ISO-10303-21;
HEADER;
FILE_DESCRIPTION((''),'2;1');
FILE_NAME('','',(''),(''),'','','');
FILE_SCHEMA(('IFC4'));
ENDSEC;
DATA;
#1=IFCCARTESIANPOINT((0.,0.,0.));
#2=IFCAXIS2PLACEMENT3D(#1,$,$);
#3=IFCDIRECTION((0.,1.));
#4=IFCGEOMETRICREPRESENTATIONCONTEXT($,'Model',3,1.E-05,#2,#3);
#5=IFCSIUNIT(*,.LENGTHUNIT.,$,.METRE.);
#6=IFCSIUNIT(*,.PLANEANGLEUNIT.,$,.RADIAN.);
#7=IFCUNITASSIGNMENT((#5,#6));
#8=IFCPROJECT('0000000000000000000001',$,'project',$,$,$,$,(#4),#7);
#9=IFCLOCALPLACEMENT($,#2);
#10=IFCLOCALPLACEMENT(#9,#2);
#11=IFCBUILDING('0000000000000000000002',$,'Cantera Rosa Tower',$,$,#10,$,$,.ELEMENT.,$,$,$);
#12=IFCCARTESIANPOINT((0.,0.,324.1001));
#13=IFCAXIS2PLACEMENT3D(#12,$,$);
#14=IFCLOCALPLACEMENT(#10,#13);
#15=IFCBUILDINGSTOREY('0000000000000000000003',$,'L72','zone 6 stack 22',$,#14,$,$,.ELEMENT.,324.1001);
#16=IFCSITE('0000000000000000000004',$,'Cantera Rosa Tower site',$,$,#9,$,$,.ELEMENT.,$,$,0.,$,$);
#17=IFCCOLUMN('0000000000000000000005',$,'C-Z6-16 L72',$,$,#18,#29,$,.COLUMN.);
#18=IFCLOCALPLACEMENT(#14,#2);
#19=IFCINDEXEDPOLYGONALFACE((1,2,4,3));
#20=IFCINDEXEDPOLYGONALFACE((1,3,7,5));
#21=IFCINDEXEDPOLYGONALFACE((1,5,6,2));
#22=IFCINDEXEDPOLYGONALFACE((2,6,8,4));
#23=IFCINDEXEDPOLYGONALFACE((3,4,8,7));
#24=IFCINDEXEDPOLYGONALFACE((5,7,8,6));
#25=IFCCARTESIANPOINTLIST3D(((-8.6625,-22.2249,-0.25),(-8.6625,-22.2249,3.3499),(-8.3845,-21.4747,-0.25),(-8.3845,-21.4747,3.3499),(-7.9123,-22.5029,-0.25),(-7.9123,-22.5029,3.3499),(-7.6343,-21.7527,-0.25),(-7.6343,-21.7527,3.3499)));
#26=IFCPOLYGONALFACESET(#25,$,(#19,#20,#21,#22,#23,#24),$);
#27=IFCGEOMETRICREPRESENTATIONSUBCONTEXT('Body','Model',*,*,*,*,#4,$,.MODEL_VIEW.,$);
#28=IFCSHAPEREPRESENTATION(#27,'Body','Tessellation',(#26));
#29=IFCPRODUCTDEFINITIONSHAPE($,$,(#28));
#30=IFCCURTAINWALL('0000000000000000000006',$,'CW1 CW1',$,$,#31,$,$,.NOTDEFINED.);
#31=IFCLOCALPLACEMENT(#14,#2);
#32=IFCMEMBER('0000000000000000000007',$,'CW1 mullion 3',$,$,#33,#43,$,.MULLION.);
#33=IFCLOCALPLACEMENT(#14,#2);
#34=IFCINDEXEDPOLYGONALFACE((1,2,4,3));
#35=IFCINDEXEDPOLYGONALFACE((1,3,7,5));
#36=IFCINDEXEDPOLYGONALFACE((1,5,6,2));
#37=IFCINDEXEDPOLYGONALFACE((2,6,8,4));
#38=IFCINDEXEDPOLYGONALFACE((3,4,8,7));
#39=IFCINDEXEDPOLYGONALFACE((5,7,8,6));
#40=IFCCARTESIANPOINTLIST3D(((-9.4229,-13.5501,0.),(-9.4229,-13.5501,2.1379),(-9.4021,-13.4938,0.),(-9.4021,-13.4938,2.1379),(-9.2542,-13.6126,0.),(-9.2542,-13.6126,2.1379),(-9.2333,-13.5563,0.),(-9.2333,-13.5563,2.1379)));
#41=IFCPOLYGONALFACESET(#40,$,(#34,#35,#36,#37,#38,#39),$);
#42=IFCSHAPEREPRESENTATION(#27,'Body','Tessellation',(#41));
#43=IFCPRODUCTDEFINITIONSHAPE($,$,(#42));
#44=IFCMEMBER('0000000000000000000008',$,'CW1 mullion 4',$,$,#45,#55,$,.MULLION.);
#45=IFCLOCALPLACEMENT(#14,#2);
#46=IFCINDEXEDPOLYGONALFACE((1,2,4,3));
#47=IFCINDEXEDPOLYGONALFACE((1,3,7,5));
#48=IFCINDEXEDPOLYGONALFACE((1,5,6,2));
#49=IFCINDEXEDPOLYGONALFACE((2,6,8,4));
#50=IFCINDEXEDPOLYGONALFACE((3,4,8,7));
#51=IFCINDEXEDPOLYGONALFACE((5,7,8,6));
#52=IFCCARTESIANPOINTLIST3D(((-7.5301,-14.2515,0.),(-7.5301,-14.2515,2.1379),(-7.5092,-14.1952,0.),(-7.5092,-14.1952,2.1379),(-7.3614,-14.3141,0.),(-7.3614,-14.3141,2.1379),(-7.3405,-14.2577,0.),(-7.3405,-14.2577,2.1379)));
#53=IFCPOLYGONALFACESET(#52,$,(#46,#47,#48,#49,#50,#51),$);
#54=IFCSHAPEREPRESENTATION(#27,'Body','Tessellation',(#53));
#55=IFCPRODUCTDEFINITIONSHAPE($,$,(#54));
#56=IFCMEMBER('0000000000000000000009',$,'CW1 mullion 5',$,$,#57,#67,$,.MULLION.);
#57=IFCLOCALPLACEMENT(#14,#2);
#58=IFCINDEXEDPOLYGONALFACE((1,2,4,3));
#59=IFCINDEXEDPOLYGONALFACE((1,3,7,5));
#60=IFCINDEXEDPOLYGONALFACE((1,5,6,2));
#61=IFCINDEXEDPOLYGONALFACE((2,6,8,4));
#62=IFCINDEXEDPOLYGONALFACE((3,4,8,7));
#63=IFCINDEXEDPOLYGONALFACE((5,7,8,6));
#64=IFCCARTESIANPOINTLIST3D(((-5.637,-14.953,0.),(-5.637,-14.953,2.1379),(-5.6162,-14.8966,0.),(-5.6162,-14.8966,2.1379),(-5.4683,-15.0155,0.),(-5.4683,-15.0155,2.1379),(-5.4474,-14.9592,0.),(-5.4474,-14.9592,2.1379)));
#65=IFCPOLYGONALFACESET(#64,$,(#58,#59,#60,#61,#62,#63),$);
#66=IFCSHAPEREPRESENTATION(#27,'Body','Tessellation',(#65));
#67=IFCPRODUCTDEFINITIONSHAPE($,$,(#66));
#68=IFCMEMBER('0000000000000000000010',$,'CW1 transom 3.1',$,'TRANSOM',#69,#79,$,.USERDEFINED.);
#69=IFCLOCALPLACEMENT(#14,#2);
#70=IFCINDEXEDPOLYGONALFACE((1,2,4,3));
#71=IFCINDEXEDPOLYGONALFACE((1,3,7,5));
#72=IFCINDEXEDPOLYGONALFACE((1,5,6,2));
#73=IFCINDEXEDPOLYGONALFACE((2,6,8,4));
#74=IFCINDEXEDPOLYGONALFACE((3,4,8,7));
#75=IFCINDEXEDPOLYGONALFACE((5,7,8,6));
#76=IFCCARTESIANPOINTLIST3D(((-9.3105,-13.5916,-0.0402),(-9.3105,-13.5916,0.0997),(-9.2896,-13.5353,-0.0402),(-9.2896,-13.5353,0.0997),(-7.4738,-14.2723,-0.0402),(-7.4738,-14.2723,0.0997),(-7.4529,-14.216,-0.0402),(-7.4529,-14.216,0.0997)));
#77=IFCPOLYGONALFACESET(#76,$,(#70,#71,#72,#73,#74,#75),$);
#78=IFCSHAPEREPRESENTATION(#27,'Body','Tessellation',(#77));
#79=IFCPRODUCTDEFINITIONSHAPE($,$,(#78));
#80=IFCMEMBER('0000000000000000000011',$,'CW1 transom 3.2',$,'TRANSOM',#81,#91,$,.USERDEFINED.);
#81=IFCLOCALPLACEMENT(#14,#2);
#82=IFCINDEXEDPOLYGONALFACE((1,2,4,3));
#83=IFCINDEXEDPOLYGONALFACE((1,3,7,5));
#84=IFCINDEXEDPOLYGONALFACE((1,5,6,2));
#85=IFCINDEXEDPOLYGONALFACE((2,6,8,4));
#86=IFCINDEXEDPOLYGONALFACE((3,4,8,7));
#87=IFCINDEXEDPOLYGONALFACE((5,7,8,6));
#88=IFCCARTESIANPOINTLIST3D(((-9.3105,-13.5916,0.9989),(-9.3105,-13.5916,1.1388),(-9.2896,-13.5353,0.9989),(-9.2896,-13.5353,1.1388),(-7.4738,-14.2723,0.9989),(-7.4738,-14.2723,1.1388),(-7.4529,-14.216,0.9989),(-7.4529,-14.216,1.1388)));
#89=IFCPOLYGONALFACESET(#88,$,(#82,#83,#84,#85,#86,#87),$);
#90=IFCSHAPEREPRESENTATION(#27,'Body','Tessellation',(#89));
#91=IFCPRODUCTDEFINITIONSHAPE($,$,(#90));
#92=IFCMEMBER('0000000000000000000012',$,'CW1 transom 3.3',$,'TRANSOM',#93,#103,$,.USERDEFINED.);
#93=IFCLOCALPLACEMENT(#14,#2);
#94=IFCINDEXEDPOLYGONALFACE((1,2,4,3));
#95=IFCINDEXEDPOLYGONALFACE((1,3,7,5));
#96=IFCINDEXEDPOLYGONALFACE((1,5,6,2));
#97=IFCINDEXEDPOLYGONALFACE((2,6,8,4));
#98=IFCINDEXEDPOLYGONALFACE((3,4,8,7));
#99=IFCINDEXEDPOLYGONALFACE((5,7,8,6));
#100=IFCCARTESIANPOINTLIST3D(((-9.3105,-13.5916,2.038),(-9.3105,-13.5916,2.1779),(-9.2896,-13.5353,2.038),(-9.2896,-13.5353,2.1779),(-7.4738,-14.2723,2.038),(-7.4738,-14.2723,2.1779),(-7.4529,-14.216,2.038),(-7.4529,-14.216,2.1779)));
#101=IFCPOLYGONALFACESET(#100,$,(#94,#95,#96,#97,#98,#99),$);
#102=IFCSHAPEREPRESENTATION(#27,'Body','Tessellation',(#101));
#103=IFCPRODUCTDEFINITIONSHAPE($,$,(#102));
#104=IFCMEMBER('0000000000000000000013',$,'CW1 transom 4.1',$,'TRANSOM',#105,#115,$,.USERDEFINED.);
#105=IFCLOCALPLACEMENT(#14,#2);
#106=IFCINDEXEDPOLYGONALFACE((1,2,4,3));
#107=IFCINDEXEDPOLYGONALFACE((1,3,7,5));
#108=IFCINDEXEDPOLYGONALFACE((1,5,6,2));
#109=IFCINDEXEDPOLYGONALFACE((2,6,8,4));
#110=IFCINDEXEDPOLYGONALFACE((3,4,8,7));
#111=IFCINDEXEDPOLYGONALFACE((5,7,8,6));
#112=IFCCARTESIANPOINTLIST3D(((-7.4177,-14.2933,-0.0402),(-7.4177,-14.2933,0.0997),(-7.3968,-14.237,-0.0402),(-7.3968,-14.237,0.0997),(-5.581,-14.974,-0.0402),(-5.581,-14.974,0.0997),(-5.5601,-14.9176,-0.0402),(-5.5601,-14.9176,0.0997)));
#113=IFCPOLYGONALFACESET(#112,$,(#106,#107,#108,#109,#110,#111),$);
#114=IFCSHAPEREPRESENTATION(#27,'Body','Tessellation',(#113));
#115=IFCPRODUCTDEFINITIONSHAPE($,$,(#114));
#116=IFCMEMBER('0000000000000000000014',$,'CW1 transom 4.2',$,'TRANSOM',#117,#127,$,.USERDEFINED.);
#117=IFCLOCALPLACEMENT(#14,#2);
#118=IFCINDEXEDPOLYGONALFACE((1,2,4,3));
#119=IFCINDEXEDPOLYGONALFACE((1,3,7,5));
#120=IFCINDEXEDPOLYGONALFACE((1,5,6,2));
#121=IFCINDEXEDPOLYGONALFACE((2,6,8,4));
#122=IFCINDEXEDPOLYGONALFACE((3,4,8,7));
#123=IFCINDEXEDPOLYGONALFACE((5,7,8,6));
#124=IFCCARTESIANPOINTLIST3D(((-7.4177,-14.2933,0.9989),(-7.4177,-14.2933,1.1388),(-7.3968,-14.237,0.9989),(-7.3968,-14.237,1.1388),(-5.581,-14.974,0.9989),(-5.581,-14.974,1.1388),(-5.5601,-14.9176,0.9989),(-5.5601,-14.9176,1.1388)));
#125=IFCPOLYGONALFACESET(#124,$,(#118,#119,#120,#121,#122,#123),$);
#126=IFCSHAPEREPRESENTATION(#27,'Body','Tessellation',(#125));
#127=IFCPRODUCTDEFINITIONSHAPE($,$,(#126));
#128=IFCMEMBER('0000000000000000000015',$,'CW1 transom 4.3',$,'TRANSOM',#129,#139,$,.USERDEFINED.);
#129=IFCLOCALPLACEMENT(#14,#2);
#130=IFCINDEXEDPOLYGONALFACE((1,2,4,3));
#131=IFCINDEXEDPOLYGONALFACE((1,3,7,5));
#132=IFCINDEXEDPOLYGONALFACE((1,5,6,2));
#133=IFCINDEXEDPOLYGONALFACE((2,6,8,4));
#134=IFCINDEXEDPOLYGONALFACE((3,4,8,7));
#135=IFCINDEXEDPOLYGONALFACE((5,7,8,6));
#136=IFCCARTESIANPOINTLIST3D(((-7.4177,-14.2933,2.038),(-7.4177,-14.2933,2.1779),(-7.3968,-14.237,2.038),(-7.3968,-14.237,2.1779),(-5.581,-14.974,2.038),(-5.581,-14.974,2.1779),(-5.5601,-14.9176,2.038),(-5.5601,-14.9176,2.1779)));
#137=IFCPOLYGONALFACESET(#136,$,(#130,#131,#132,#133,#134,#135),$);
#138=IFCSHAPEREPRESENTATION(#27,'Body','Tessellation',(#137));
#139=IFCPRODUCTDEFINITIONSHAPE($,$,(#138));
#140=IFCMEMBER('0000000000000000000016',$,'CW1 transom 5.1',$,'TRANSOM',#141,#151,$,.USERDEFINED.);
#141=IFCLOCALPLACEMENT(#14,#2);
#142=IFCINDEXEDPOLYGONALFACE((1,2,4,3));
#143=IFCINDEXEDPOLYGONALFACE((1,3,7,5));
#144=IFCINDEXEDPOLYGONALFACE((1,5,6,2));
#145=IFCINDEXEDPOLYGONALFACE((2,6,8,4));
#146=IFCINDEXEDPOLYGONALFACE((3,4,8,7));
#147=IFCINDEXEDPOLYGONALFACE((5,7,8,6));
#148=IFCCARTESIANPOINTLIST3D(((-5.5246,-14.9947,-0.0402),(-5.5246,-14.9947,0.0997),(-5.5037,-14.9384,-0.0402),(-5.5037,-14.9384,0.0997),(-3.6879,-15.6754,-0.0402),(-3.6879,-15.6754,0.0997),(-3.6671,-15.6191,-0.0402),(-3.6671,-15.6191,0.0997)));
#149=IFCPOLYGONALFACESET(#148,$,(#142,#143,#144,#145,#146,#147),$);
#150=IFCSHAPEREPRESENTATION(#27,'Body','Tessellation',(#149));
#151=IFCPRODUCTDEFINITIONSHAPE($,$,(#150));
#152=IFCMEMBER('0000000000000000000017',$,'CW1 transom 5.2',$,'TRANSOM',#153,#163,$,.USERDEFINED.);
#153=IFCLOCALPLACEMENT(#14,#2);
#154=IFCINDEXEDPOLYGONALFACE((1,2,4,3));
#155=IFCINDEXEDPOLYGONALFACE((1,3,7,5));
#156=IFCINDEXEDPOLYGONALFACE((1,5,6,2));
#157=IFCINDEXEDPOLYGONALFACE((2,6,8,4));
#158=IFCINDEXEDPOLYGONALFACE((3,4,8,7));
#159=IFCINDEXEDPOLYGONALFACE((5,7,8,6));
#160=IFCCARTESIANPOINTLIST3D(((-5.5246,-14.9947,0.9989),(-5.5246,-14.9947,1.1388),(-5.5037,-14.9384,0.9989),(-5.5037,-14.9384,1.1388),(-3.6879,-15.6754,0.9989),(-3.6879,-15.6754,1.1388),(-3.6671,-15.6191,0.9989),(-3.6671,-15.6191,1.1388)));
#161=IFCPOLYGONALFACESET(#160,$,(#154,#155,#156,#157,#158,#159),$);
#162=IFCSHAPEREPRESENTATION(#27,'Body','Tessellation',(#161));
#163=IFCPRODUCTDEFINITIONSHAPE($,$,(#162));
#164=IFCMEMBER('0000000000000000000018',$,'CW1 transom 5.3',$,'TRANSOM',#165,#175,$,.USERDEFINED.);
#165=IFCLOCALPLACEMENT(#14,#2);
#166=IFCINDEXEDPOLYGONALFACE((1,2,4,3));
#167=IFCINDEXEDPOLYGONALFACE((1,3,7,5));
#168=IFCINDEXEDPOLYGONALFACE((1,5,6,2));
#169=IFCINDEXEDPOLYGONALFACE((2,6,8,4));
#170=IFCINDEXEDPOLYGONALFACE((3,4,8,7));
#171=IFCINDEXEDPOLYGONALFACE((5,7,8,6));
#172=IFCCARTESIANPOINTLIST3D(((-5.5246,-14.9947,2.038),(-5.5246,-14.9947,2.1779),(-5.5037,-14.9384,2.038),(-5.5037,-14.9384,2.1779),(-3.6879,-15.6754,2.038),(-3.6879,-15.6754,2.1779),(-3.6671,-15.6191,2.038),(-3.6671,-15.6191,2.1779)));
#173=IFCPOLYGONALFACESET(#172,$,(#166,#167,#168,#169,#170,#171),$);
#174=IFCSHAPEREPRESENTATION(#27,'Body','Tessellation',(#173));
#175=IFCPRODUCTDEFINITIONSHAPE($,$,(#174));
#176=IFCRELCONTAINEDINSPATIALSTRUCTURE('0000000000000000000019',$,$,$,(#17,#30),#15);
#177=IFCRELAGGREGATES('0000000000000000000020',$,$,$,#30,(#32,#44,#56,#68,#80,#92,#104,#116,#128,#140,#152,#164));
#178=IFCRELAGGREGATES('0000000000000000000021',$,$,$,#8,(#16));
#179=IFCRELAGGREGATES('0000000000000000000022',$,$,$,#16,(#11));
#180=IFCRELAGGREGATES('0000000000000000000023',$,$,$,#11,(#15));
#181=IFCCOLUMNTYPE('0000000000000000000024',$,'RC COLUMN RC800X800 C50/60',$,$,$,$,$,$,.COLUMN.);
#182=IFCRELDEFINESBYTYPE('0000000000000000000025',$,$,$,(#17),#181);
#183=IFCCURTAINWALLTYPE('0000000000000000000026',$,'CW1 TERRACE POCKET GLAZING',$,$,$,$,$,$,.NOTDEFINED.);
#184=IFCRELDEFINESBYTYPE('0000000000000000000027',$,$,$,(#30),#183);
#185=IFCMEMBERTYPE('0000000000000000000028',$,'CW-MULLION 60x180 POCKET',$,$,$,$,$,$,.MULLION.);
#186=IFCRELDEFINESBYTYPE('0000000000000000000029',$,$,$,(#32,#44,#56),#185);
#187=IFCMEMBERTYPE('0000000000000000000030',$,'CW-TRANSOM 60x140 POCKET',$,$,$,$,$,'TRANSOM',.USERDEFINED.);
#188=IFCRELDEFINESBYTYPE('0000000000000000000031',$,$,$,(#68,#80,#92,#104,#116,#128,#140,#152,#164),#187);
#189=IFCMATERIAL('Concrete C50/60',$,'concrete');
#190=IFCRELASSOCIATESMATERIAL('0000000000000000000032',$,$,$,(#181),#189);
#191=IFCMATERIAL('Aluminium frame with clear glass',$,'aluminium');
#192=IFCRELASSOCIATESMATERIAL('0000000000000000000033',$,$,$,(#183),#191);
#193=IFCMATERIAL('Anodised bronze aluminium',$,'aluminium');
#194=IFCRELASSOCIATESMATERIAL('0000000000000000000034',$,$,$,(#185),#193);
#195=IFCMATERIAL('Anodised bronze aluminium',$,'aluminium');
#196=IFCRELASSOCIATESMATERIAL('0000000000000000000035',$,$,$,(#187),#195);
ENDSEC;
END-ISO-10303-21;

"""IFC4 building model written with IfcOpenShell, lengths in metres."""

from ifc_helpers import new_model, si_unit, direction, frame, origin, origin_2d, place, context, subcontext, project, spatial, rectangle, extrude, material, material_profile, profile_set, type_object, element, aggregate, save


model = new_model("IFC4")

# Units and contexts
model_context = context("Model", 3, precision=1e-05, world=origin(), true_north=direction((0.0, 1.0)))
body_context = subcontext(model_context, "Body", "Model", "MODEL_VIEW")
ifc_project = project(units=[si_unit("LENGTHUNIT", "METRE"), si_unit("PLANEANGLEUNIT", "RADIAN")], contexts=[model_context])

# Site, building, storey
site_placement = place(None, origin())
site = spatial("IfcSite", under=ifc_project, at=site_placement, Name="Cantera Rosa Tower site", CompositionType="ELEMENT", RefElevation=0.0)
building_placement = place(site_placement, origin())
building = spatial("IfcBuilding", under=site, at=building_placement, Name="Cantera Rosa Tower", CompositionType="ELEMENT")
storey_placement = place(building_placement, frame((0.0, 0.0, 324.1001)))
storey = spatial("IfcBuildingStorey", under=building, at=storey_placement, Name="L72", Description="zone 6 stack 22", CompositionType="ELEMENT", Elevation=324.1001)

# Column
ifc_material_1 = material(Name="Concrete C50/60", Category="concrete")
ifc_material_profile_1 = material_profile(ifc_material_1, rectangle(XDim=0.8, YDim=0.8, at=origin_2d()), Name="RC COLUMN RC800X800 C50/60")
ifc_profile_set_1 = profile_set([ifc_material_profile_1], Name="Concrete C50/60")
column_type = type_object("IfcColumnType", Name="RC COLUMN RC800X800 C50/60", PredefinedType="COLUMN", material=ifc_profile_set_1)
column_placement = place(storey_placement, frame((-8.1484, -21.9888, -0.25), z_axis=(0.0, 0.0, 1.0), x_axis=(0.347481, 0.937687, 0.0)))
element("IfcColumn", 1, at=column_placement, inside=storey, type_object=column_type, Name="C-Z6-16 L72", PredefinedType="COLUMN", context=body_context, shape_type="SweptSolid", body=[
    extrude(rectangle(XDim=0.8, YDim=0.8, at=origin_2d()), origin(), (0.0, 0.0, 1.0), 3.5999),
])

# Curtain wall, members
ifc_material_2 = material(Name="Aluminium frame with clear glass", Category="aluminium")
curtain_wall_type = type_object("IfcCurtainWallType", Name="CW1 TERRACE POCKET GLAZING", PredefinedType="NOTDEFINED", material=ifc_material_2)
curtain_wall_placement = place(storey_placement, origin())
curtain_wall = element("IfcCurtainWall", 2, at=curtain_wall_placement, inside=storey, type_object=curtain_wall_type, Name="CW1 CW1", PredefinedType="NOTDEFINED")
ifc_material_3 = material(Name="Anodised bronze aluminium", Category="aluminium")
ifc_material_profile_2 = material_profile(ifc_material_3, rectangle(XDim=0.0601, YDim=0.1799, at=origin_2d()), Name="CW-MULLION 60x180 POCKET")
ifc_profile_set_2 = profile_set([ifc_material_profile_2], Name="Anodised bronze aluminium")
member_type_1 = type_object("IfcMemberType", Name="CW-MULLION 60x180 POCKET", PredefinedType="MULLION", material=ifc_profile_set_2)
member_1_placement = place(storey_placement, frame((-9.3281, -13.5532, 0.0), z_axis=(0.0, 0.0, 1.0), x_axis=(0.347481, 0.937687, 0.0)))
member_1 = element("IfcMember", 3, at=member_1_placement, type_object=member_type_1, Name="CW1 mullion 3", PredefinedType="MULLION", context=body_context, shape_type="SweptSolid", body=[
    extrude(rectangle(XDim=0.0601, YDim=0.1799, at=origin_2d()), origin(), (0.0, 0.0, 1.0), 2.1379),
])
member_2_placement = place(storey_placement, frame((-7.4353, -14.2546, 0.0), z_axis=(0.0, 0.0, 1.0), x_axis=(0.347481, 0.937687, 0.0)))
member_2 = element("IfcMember", 4, at=member_2_placement, type_object=member_type_1, Name="CW1 mullion 4", PredefinedType="MULLION", context=body_context, shape_type="SweptSolid", body=[
    extrude(rectangle(XDim=0.0601, YDim=0.1799, at=origin_2d()), origin(), (0.0, 0.0, 1.0), 2.1379),
])
member_3_placement = place(storey_placement, frame((-5.5422, -14.9561, 0.0), z_axis=(0.0, 0.0, 1.0), x_axis=(0.347481, 0.937687, 0.0)))
member_3 = element("IfcMember", 5, at=member_3_placement, type_object=member_type_1, Name="CW1 mullion 5", PredefinedType="MULLION", context=body_context, shape_type="SweptSolid", body=[
    extrude(rectangle(XDim=0.0601, YDim=0.1799, at=origin_2d()), origin(), (0.0, 0.0, 1.0), 2.1379),
])
ifc_material_4 = material(Name="Anodised bronze aluminium", Category="aluminium")
ifc_material_profile_3 = material_profile(ifc_material_4, rectangle(XDim=0.0601, YDim=0.1399, at=origin_2d()), Name="CW-TRANSOM 60x140 POCKET")
ifc_profile_set_3 = profile_set([ifc_material_profile_3], Name="Anodised bronze aluminium")
member_type_2 = type_object("IfcMemberType", Name="CW-TRANSOM 60x140 POCKET", ElementType="TRANSOM", PredefinedType="USERDEFINED", material=ifc_profile_set_3)
member_4_placement = place(storey_placement, frame((-9.3, -13.5635, 0.0298), z_axis=(0.93768, -0.347501, 0.0), x_axis=(0.347501, 0.93768, 0.0)))
member_4 = element("IfcMember", 6, at=member_4_placement, type_object=member_type_2, Name="CW1 transom 3.1", ObjectType="TRANSOM", PredefinedType="USERDEFINED", context=body_context, shape_type="SweptSolid", body=[
    extrude(rectangle(XDim=0.0601, YDim=0.1399, at=origin_2d()), origin(), (0.0, 0.0, 1.0), 1.9587),
])
member_5_placement = place(storey_placement, frame((-9.3, -13.5635, 1.0688), z_axis=(0.93768, -0.347501, 0.0), x_axis=(0.347501, 0.93768, 0.0)))
member_5 = element("IfcMember", 7, at=member_5_placement, type_object=member_type_2, Name="CW1 transom 3.2", ObjectType="TRANSOM", PredefinedType="USERDEFINED", context=body_context, shape_type="SweptSolid", body=[
    extrude(rectangle(XDim=0.0601, YDim=0.1399, at=origin_2d()), origin(), (0.0, 0.0, 1.0), 1.9587),
])
member_6_placement = place(storey_placement, frame((-9.3, -13.5635, 2.1079), z_axis=(0.93768, -0.347501, 0.0), x_axis=(0.347501, 0.93768, 0.0)))
member_6 = element("IfcMember", 8, at=member_6_placement, type_object=member_type_2, Name="CW1 transom 3.3", ObjectType="TRANSOM", PredefinedType="USERDEFINED", context=body_context, shape_type="SweptSolid", body=[
    extrude(rectangle(XDim=0.0601, YDim=0.1399, at=origin_2d()), origin(), (0.0, 0.0, 1.0), 1.9587),
])
member_7_placement = place(storey_placement, frame((-7.4072, -14.2651, 0.0298), z_axis=(0.93768, -0.347501, 0.0), x_axis=(0.347501, 0.93768, 0.0)))
member_7 = element("IfcMember", 9, at=member_7_placement, type_object=member_type_2, Name="CW1 transom 4.1", ObjectType="TRANSOM", PredefinedType="USERDEFINED", context=body_context, shape_type="SweptSolid", body=[
    extrude(rectangle(XDim=0.0601, YDim=0.1399, at=origin_2d()), origin(), (0.0, 0.0, 1.0), 1.9587),
])
member_8_placement = place(storey_placement, frame((-7.4072, -14.2651, 1.0688), z_axis=(0.93768, -0.347501, 0.0), x_axis=(0.347501, 0.93768, 0.0)))
member_8 = element("IfcMember", 10, at=member_8_placement, type_object=member_type_2, Name="CW1 transom 4.2", ObjectType="TRANSOM", PredefinedType="USERDEFINED", context=body_context, shape_type="SweptSolid", body=[
    extrude(rectangle(XDim=0.0601, YDim=0.1399, at=origin_2d()), origin(), (0.0, 0.0, 1.0), 1.9587),
])
member_9_placement = place(storey_placement, frame((-7.4072, -14.2651, 2.1079), z_axis=(0.93768, -0.347501, 0.0), x_axis=(0.347501, 0.93768, 0.0)))
member_9 = element("IfcMember", 11, at=member_9_placement, type_object=member_type_2, Name="CW1 transom 4.3", ObjectType="TRANSOM", PredefinedType="USERDEFINED", context=body_context, shape_type="SweptSolid", body=[
    extrude(rectangle(XDim=0.0601, YDim=0.1399, at=origin_2d()), origin(), (0.0, 0.0, 1.0), 1.9587),
])
member_10_placement = place(storey_placement, frame((-5.5142, -14.9666, 0.0298), z_axis=(0.93768, -0.347501, 0.0), x_axis=(0.347501, 0.93768, 0.0)))
member_10 = element("IfcMember", 12, at=member_10_placement, type_object=member_type_2, Name="CW1 transom 5.1", ObjectType="TRANSOM", PredefinedType="USERDEFINED", context=body_context, shape_type="SweptSolid", body=[
    extrude(rectangle(XDim=0.0601, YDim=0.1399, at=origin_2d()), origin(), (0.0, 0.0, 1.0), 1.9587),
])
member_11_placement = place(storey_placement, frame((-5.5142, -14.9666, 1.0688), z_axis=(0.93768, -0.347501, 0.0), x_axis=(0.347501, 0.93768, 0.0)))
member_11 = element("IfcMember", 13, at=member_11_placement, type_object=member_type_2, Name="CW1 transom 5.2", ObjectType="TRANSOM", PredefinedType="USERDEFINED", context=body_context, shape_type="SweptSolid", body=[
    extrude(rectangle(XDim=0.0601, YDim=0.1399, at=origin_2d()), origin(), (0.0, 0.0, 1.0), 1.9587),
])
member_12_placement = place(storey_placement, frame((-5.5142, -14.9666, 2.1079), z_axis=(0.93768, -0.347501, 0.0), x_axis=(0.347501, 0.93768, 0.0)))
member_12 = element("IfcMember", 14, at=member_12_placement, type_object=member_type_2, Name="CW1 transom 5.3", ObjectType="TRANSOM", PredefinedType="USERDEFINED", context=body_context, shape_type="SweptSolid", body=[
    extrude(rectangle(XDim=0.0601, YDim=0.1399, at=origin_2d()), origin(), (0.0, 0.0, 1.0), 1.9587),
])

aggregate(curtain_wall, [member_1, member_2, member_3, member_4, member_5, member_6, member_7, member_8, member_9, member_10, member_11, member_12])

save(model, "model.ifc")
